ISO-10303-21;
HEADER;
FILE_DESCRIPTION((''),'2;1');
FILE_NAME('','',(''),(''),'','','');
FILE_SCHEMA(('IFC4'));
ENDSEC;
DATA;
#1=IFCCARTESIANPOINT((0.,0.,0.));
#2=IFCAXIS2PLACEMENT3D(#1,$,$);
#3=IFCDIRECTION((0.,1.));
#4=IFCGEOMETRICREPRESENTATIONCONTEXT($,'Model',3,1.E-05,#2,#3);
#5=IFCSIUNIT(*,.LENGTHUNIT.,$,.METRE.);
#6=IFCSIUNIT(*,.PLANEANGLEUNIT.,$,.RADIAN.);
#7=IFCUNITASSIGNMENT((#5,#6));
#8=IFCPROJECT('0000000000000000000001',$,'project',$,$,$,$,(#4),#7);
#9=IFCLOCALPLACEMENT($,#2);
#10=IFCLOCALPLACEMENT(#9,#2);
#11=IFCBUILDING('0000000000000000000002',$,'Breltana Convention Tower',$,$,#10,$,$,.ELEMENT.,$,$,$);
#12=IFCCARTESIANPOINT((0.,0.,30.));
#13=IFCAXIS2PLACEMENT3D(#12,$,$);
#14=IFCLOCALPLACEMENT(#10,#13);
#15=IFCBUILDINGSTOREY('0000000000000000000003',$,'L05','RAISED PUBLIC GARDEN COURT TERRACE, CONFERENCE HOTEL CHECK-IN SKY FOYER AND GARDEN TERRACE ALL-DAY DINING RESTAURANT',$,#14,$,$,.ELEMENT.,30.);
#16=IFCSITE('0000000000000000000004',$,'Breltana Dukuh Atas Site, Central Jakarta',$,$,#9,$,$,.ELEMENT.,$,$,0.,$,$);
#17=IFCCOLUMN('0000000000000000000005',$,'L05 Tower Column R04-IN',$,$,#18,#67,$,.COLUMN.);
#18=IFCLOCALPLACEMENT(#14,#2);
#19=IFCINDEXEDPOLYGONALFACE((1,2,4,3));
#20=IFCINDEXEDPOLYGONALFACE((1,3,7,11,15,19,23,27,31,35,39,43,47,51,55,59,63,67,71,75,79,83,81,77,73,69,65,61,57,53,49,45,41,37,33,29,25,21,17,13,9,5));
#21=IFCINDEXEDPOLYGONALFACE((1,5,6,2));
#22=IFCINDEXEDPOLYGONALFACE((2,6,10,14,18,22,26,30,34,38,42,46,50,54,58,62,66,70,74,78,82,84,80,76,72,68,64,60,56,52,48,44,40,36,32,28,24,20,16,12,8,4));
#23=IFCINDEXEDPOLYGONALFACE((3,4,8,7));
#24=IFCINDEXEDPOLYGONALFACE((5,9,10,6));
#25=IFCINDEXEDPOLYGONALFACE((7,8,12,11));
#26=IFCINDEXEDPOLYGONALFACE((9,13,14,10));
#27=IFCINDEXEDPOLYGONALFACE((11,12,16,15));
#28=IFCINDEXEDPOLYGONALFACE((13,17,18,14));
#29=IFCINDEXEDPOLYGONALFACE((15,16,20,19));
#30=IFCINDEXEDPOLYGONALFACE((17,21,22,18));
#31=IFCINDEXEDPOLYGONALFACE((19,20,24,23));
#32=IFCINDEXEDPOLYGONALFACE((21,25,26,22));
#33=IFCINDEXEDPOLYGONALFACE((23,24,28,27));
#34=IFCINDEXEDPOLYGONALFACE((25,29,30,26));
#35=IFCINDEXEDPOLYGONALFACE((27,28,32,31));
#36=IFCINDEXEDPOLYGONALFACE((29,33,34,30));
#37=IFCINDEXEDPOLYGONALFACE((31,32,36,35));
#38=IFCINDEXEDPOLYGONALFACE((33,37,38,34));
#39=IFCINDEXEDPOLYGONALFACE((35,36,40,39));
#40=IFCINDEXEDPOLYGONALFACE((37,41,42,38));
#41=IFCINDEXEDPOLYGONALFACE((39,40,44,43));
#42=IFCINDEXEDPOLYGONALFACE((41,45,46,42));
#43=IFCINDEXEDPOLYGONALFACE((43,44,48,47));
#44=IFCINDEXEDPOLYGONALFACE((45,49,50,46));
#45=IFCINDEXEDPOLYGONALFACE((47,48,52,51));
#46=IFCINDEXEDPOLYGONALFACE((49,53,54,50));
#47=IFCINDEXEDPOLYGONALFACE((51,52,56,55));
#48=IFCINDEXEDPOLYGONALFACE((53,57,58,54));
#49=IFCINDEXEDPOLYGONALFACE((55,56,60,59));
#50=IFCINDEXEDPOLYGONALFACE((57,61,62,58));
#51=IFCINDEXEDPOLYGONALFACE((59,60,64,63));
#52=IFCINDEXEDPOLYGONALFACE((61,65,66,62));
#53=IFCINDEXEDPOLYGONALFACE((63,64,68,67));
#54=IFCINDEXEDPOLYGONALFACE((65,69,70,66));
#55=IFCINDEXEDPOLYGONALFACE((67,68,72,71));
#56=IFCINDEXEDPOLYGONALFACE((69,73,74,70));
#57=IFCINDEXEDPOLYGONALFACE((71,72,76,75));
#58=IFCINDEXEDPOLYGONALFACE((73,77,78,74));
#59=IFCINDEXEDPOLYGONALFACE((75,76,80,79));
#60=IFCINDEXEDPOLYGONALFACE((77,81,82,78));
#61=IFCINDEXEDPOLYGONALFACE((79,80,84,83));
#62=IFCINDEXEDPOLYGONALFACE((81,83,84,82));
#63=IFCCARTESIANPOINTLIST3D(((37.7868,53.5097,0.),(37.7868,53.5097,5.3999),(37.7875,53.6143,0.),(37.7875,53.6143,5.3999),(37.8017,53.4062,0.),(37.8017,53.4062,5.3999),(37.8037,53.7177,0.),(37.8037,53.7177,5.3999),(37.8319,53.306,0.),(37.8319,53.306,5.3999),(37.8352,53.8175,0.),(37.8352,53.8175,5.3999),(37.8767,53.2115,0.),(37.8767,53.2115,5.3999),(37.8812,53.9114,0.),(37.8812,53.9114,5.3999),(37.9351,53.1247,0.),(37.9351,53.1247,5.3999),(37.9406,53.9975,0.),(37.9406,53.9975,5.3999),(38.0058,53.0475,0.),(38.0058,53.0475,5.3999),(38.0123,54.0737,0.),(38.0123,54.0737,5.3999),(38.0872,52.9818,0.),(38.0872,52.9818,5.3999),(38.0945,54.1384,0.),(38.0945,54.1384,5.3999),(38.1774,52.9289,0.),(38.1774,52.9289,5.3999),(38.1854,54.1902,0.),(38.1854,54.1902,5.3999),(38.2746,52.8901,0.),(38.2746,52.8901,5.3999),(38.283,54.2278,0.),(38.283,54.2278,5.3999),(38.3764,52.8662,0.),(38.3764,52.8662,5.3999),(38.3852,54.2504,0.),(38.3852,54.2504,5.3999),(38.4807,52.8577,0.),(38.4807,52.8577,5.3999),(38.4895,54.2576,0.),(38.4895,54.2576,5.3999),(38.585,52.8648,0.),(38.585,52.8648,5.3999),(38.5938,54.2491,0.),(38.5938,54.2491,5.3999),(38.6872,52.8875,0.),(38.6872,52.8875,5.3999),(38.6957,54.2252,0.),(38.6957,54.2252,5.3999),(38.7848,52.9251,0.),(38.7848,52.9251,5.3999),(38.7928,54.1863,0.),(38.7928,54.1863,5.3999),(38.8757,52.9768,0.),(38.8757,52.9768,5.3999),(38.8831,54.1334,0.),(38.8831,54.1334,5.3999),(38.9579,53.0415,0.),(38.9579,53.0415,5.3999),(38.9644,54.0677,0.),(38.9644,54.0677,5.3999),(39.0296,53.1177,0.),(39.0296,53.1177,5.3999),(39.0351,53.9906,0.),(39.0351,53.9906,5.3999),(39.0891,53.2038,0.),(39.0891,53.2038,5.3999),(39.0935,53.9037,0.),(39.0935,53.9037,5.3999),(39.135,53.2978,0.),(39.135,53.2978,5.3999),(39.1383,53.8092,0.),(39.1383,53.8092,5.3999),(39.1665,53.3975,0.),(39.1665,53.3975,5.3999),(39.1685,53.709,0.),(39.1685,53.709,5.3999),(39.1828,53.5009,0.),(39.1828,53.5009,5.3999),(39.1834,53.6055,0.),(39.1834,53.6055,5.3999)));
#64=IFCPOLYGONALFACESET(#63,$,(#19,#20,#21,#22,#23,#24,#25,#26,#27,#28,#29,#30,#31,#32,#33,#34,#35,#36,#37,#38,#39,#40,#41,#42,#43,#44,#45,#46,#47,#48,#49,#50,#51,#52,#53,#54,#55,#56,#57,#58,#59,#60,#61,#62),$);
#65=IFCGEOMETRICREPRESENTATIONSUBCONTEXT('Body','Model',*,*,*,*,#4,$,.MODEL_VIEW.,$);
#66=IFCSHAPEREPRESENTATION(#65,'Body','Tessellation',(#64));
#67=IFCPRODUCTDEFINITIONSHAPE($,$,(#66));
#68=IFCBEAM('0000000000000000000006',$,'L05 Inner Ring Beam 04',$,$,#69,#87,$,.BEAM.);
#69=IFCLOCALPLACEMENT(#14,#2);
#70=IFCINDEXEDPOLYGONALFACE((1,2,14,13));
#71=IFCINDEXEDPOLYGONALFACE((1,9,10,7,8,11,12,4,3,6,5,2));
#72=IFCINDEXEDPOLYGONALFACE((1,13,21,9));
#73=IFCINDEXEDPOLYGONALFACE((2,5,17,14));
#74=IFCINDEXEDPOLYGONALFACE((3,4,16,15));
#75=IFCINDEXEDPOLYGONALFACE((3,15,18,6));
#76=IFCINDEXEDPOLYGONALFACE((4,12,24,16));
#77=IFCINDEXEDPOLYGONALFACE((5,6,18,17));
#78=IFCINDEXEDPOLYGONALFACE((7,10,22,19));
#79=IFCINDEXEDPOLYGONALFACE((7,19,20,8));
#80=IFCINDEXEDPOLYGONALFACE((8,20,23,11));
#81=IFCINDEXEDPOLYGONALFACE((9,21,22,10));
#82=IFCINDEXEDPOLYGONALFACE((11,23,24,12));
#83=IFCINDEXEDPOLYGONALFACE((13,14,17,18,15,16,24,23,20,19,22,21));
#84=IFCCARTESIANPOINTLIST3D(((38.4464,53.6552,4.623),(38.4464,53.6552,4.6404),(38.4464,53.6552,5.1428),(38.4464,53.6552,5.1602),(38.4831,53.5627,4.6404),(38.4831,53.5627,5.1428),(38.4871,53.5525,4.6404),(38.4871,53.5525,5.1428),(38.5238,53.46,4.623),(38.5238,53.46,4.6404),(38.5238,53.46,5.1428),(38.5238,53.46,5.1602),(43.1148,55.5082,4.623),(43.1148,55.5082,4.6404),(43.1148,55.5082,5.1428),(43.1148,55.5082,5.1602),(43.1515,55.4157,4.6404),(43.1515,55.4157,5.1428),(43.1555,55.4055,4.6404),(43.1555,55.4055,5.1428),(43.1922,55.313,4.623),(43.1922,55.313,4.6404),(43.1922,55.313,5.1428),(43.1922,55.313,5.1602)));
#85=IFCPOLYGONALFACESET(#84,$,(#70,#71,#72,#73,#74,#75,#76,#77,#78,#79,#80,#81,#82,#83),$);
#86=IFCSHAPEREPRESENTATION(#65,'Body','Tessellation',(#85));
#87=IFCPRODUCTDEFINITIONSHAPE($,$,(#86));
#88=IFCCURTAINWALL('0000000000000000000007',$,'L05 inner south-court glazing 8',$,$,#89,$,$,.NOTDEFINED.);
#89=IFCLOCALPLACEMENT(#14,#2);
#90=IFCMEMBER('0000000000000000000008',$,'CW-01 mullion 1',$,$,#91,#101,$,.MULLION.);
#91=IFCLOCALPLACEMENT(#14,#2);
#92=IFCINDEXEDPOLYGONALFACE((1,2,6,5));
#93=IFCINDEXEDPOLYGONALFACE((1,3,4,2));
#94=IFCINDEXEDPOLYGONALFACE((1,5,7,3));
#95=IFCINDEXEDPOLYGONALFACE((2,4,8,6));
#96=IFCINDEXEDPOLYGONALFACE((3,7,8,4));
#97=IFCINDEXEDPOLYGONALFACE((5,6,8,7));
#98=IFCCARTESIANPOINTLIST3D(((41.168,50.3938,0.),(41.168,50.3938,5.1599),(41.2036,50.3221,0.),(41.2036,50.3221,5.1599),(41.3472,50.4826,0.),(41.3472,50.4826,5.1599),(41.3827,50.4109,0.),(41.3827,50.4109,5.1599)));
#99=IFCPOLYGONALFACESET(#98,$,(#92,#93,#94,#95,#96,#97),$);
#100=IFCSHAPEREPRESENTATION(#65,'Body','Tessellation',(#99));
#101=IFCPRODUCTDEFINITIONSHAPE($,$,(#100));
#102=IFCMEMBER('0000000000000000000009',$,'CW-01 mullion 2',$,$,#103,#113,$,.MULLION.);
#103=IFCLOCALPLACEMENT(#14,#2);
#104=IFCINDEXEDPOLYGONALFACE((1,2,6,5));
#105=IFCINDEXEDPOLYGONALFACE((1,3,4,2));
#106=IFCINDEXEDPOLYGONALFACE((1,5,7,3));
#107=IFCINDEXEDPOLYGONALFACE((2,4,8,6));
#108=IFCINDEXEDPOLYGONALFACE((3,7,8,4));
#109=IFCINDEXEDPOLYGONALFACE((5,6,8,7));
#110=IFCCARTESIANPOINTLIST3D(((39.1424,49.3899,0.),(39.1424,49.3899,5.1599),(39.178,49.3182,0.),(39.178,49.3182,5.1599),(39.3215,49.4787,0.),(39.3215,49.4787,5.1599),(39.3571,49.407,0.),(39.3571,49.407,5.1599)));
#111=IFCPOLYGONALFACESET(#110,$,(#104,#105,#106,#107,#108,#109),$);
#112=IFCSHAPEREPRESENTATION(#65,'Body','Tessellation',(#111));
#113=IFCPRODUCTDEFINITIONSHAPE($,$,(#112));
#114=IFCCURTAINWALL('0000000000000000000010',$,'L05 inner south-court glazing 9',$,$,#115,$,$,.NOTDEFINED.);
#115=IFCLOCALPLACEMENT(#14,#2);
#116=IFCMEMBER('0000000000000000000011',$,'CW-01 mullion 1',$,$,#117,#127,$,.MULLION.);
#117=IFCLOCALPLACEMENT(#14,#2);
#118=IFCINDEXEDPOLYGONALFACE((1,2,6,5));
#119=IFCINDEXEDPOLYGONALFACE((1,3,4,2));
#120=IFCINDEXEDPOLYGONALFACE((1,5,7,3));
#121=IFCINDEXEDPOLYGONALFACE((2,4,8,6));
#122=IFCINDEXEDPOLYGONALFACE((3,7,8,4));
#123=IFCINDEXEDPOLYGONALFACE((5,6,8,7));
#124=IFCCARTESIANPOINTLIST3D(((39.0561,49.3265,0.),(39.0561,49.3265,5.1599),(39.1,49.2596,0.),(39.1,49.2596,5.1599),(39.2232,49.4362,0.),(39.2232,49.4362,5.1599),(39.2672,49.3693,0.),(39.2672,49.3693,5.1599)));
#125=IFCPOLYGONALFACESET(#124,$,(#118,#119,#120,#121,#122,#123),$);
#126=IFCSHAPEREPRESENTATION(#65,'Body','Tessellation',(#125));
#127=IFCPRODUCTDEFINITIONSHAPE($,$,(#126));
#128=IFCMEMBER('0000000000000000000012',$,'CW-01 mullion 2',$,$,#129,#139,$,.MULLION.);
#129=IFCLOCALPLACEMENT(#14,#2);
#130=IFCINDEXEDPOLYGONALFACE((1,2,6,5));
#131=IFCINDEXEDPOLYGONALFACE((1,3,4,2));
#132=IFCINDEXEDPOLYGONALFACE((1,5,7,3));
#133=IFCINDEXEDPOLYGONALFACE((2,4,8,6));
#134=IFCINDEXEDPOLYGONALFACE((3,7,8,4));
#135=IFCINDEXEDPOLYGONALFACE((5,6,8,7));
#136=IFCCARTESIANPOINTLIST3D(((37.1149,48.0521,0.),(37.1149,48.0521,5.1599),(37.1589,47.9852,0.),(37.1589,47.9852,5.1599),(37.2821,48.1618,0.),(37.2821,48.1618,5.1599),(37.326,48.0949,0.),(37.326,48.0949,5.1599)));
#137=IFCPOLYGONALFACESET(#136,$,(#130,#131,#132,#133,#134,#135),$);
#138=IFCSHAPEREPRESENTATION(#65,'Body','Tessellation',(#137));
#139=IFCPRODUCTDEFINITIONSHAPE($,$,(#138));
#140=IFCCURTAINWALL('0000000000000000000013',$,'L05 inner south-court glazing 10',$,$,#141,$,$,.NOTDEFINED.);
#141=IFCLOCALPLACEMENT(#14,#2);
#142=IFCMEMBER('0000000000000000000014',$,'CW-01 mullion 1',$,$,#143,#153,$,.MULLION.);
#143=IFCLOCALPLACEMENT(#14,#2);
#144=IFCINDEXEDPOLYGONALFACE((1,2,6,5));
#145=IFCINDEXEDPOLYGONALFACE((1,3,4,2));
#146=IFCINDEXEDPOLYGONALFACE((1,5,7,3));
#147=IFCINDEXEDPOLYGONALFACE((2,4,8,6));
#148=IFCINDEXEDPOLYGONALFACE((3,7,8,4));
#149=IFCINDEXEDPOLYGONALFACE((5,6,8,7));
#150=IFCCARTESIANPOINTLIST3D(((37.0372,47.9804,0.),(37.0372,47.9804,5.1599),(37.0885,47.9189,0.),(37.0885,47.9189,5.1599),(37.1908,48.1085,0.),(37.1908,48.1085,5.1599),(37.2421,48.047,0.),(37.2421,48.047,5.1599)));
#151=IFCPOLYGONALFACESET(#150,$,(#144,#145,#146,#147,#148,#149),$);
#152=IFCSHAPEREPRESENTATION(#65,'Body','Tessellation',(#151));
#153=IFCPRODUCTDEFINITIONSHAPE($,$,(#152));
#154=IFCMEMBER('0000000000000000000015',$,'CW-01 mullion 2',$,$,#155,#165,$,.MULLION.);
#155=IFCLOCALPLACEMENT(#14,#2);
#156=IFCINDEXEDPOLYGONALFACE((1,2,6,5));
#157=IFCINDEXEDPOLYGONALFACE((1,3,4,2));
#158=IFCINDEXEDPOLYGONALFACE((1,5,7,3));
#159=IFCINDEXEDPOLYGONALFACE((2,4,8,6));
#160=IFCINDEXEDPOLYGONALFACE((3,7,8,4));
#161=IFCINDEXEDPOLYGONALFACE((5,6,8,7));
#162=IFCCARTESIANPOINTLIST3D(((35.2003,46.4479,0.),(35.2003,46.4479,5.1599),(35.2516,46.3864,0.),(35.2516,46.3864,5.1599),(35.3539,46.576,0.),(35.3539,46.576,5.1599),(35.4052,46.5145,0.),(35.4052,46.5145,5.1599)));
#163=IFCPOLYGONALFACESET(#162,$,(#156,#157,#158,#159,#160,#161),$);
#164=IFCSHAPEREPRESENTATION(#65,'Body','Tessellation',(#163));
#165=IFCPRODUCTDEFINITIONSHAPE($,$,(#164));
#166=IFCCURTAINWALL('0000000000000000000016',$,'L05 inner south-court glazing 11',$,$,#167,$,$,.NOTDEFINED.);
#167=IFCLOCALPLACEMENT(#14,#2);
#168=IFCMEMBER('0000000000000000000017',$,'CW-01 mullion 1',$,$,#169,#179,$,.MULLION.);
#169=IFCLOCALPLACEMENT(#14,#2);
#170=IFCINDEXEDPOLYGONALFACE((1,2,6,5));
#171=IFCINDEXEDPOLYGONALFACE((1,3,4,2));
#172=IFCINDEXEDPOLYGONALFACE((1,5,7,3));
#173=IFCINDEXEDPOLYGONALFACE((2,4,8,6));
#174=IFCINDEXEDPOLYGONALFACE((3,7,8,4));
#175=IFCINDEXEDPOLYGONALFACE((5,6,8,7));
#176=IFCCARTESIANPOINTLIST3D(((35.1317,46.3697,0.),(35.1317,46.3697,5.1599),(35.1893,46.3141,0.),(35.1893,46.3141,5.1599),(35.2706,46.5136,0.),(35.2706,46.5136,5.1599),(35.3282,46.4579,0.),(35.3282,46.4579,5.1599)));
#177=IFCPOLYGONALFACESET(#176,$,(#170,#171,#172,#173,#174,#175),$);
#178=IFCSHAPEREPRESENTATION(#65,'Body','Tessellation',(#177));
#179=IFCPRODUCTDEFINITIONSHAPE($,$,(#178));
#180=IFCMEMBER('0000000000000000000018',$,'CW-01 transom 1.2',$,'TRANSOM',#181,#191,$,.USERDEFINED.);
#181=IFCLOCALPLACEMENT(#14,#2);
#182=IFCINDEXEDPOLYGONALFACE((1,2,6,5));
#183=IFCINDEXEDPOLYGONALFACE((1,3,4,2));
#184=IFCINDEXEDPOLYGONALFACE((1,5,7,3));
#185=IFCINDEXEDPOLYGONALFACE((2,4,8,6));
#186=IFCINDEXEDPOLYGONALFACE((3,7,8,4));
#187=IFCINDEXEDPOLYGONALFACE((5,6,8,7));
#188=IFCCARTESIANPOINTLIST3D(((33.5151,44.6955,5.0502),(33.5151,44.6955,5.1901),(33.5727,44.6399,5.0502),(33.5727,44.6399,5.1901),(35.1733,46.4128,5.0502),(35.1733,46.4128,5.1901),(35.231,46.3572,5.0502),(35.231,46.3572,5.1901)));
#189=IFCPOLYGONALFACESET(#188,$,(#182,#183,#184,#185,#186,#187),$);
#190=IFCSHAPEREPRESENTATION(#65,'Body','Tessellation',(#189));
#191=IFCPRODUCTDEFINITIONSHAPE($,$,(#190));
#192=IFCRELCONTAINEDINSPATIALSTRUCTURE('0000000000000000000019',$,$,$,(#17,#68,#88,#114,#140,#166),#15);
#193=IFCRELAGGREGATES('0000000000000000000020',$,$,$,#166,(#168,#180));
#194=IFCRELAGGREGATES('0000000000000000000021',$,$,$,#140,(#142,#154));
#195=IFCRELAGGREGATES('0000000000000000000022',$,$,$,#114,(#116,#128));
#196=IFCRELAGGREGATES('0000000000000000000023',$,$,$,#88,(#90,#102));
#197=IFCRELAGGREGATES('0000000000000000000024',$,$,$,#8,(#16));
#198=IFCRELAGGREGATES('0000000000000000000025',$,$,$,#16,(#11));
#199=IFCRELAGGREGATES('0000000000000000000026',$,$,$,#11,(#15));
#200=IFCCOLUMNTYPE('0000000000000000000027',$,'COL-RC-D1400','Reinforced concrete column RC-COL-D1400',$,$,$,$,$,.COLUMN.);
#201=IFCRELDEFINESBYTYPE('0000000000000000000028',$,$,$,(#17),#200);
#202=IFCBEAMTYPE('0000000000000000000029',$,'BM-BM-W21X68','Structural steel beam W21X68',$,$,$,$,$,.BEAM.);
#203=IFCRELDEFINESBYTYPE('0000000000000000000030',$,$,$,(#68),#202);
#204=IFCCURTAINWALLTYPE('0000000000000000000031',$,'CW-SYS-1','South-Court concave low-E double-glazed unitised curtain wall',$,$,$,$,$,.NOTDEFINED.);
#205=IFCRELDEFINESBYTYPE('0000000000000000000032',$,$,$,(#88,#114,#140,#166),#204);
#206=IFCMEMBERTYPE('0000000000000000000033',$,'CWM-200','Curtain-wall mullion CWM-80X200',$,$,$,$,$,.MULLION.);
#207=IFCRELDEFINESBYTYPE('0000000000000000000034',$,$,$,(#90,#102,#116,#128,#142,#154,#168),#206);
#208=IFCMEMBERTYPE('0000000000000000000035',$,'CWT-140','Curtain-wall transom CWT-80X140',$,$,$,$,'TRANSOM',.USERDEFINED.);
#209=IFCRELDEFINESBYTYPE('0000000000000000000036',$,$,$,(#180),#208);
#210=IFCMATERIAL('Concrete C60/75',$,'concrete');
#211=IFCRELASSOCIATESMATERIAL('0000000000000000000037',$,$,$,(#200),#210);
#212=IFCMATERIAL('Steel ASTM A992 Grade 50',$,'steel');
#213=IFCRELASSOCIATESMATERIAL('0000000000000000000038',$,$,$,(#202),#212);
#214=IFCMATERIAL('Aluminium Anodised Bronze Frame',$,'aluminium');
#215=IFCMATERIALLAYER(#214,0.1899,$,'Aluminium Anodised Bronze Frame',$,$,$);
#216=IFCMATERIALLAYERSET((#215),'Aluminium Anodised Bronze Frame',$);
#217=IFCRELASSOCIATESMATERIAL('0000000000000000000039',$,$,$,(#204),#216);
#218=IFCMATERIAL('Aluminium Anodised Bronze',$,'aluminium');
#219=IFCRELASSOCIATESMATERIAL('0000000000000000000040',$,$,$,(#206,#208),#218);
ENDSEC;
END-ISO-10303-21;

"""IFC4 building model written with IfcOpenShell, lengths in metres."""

from ifc_helpers import new_model, si_unit, direction, frame, origin, origin_2d, place, context, subcontext, project, spatial, rectangle, circle, i_section, extrude, source, transform, mapped, material, layer, layer_set, material_profile, profile_set, type_object, type_shapes, element, aggregate, save


model = new_model("IFC4")

# Units and contexts
model_context = context("Model", 3, precision=1e-05, world=origin(), true_north=direction((0.0, 1.0)))
body_context = subcontext(model_context, "Body", "Model", "MODEL_VIEW")
ifc_project = project(units=[si_unit("LENGTHUNIT", "METRE"), si_unit("PLANEANGLEUNIT", "RADIAN")], contexts=[model_context])

# Site, building, storey
site_placement = place(None, origin())
site = spatial("IfcSite", under=ifc_project, at=site_placement, Name="Breltana Dukuh Atas Site, Central Jakarta", CompositionType="ELEMENT", RefElevation=0.0)
building_placement = place(site_placement, origin())
building = spatial("IfcBuilding", under=site, at=building_placement, Name="Breltana Convention Tower", CompositionType="ELEMENT")
storey_placement = place(building_placement, frame((0.0, 0.0, 30.0)))
storey = spatial("IfcBuildingStorey", under=building, at=storey_placement, Name="L05", Description="RAISED PUBLIC GARDEN COURT TERRACE, CONFERENCE HOTEL CHECK-IN SKY FOYER AND GARDEN TERRACE ALL-DAY DINING RESTAURANT", CompositionType="ELEMENT", Elevation=30.0)

# Column
ifc_material_1 = material(Name="Concrete C60/75", Category="concrete")
ifc_material_profile_1 = material_profile(ifc_material_1, circle(Radius=0.7, at=origin_2d()), Name="RC-COL-D1400")
ifc_profile_set_1 = profile_set([ifc_material_profile_1], Name="Concrete C60/75")
column_type = type_object("IfcColumnType", Name="COL-RC-D1400", Description="Reinforced concrete column RC-COL-D1400", PredefinedType="COLUMN", material=ifc_profile_set_1)
shared_shape_1 = source(origin(), body_context, "Body", "SweptSolid", [
    extrude(circle(Radius=0.7, at=origin_2d()), origin(), (0.0, 0.0, 1.0), 5.3999),
])
type_shapes(column_type, [shared_shape_1])
column_placement = place(storey_placement, frame((38.4851, 53.5576, 0.0), z_axis=(0.0, 0.0, 1.0), x_axis=(-0.288698, 0.95742, 0.0)))
element("IfcColumn", 1, at=column_placement, inside=storey, type_object=column_type, Name="L05 Tower Column R04-IN", PredefinedType="COLUMN", context=body_context, shape_type="MappedRepresentation", body=[
    mapped(shared_shape_1, transform((0.0, 0.0, 0.0), scale=1.0)),
])

# Beam
ifc_material_2 = material(Name="Steel ASTM A992 Grade 50", Category="steel")
ifc_material_profile_2 = material_profile(ifc_material_2, i_section(OverallWidth=0.21, OverallDepth=0.5371, WebThickness=0.011, FlangeThickness=0.0173, at=origin_2d()), Name="W21X68")
ifc_profile_set_2 = profile_set([ifc_material_profile_2], Name="Steel ASTM A992 Grade 50")
beam_type = type_object("IfcBeamType", Name="BM-BM-W21X68", Description="Structural steel beam W21X68", PredefinedType="BEAM", material=ifc_profile_set_2)
shared_shape_2 = source(origin(), body_context, "Body", "SweptSolid", [
    extrude(i_section(OverallWidth=0.21, OverallDepth=0.5371, WebThickness=0.011, FlangeThickness=0.0173, at=origin_2d()), origin(), (0.0, 0.0, 1.0), 5.0227),
])
beam_placement = place(storey_placement, frame((38.4851, 53.5576, 4.8916), z_axis=(0.929459, 0.368926, 0.0), x_axis=(-0.368926, 0.929459, 0.0)))
element("IfcBeam", 2, at=beam_placement, inside=storey, type_object=beam_type, Name="L05 Inner Ring Beam 04", PredefinedType="BEAM", context=body_context, shape_type="MappedRepresentation", body=[
    mapped(shared_shape_2, transform((0.0, 0.0, 0.0), scale=1.0)),
])

# Curtain walls, members
ifc_material_3 = material(Name="Aluminium Anodised Bronze Frame", Category="aluminium")
ifc_layer_1 = layer(ifc_material_3, 0.1899, Name="Aluminium Anodised Bronze Frame")
ifc_layer_set_1 = layer_set([ifc_layer_1], Name="Aluminium Anodised Bronze Frame")
curtain_wall_type = type_object("IfcCurtainWallType", Name="CW-SYS-1", Description="South-Court concave low-E double-glazed unitised curtain wall", PredefinedType="NOTDEFINED", material=ifc_layer_set_1)
curtain_wall_1_placement = place(storey_placement, origin())
curtain_wall_1 = element("IfcCurtainWall", 3, at=curtain_wall_1_placement, inside=storey, type_object=curtain_wall_type, Name="L05 inner south-court glazing 8", PredefinedType="NOTDEFINED")
ifc_material_4 = material(Name="Aluminium Anodised Bronze", Category="aluminium")
ifc_material_profile_3 = material_profile(ifc_material_4, rectangle(XDim=0.0801, YDim=0.2, at=origin_2d()), Name="CWM-80X200")
ifc_profile_set_3 = profile_set([ifc_material_profile_3], Name="Aluminium Anodised Bronze")
member_type_1 = type_object("IfcMemberType", Name="CWM-200", Description="Curtain-wall mullion CWM-80X200", PredefinedType="MULLION", material=ifc_profile_set_3)
shared_shape_3 = source(origin(), body_context, "Body", "SweptSolid", [
    extrude(rectangle(XDim=0.0801, YDim=0.2, at=origin_2d()), origin(), (0.0, 0.0, 1.0), 5.1599),
])
type_shapes(member_type_1, [shared_shape_3])
member_1_placement = place(storey_placement, frame((41.2754, 50.4023, 0.0), z_axis=(0.0, 0.0, 1.0), x_axis=(0.444118, -0.895968, 0.0)))
member_1 = element("IfcMember", 4, at=member_1_placement, type_object=member_type_1, Name="CW-01 mullion 1", PredefinedType="MULLION", context=body_context, shape_type="MappedRepresentation", body=[
    mapped(shared_shape_3, transform((0.0, 0.0, 0.0), scale=1.0)),
])
member_2_placement = place(storey_placement, frame((39.2498, 49.3984, 0.0), z_axis=(0.0, 0.0, 1.0), x_axis=(0.444118, -0.895968, 0.0)))
member_2 = element("IfcMember", 5, at=member_2_placement, type_object=member_type_1, Name="CW-01 mullion 2", PredefinedType="MULLION", context=body_context, shape_type="MappedRepresentation", body=[
    mapped(shared_shape_3, transform((0.0, 0.0, 0.0), scale=1.0)),
])
curtain_wall_2_placement = place(storey_placement, origin())
curtain_wall_2 = element("IfcCurtainWall", 6, at=curtain_wall_2_placement, inside=storey, type_object=curtain_wall_type, Name="L05 inner south-court glazing 9", PredefinedType="NOTDEFINED")
member_3_placement = place(storey_placement, frame((39.1616, 49.3479, 0.0), z_axis=(0.0, 0.0, 1.0), x_axis=(0.548778, -0.835968, 0.0)))
member_3 = element("IfcMember", 7, at=member_3_placement, type_object=member_type_1, Name="CW-01 mullion 1", PredefinedType="MULLION", context=body_context, shape_type="MappedRepresentation", body=[
    mapped(shared_shape_3, transform((0.0, 0.0, 0.0), scale=1.0)),
])
member_4_placement = place(storey_placement, frame((37.2205, 48.0735, 0.0), z_axis=(0.0, 0.0, 1.0), x_axis=(0.548778, -0.835968, 0.0)))
member_4 = element("IfcMember", 8, at=member_4_placement, type_object=member_type_1, Name="CW-01 mullion 2", PredefinedType="MULLION", context=body_context, shape_type="MappedRepresentation", body=[
    mapped(shared_shape_3, transform((0.0, 0.0, 0.0), scale=1.0)),
])
curtain_wall_3_placement = place(storey_placement, origin())
curtain_wall_3 = element("IfcCurtainWall", 9, at=curtain_wall_3_placement, inside=storey, type_object=curtain_wall_type, Name="L05 inner south-court glazing 10", PredefinedType="NOTDEFINED")
member_5_placement = place(storey_placement, frame((37.1396, 48.0137, 0.0), z_axis=(0.0, 0.0, 1.0), x_axis=(0.640523, -0.767939, 0.0)))
member_5 = element("IfcMember", 10, at=member_5_placement, type_object=member_type_1, Name="CW-01 mullion 1", PredefinedType="MULLION", context=body_context, shape_type="MappedRepresentation", body=[
    mapped(shared_shape_3, transform((0.0, 0.0, 0.0), scale=1.0)),
])
member_6_placement = place(storey_placement, frame((35.3027, 46.4812, 0.0), z_axis=(0.0, 0.0, 1.0), x_axis=(0.640523, -0.767939, 0.0)))
member_6 = element("IfcMember", 11, at=member_6_placement, type_object=member_type_1, Name="CW-01 mullion 2", PredefinedType="MULLION", context=body_context, shape_type="MappedRepresentation", body=[
    mapped(shared_shape_3, transform((0.0, 0.0, 0.0), scale=1.0)),
])
curtain_wall_4_placement = place(storey_placement, origin())
curtain_wall_4 = element("IfcCurtainWall", 12, at=curtain_wall_4_placement, inside=storey, type_object=curtain_wall_type, Name="L05 inner south-court glazing 11", PredefinedType="NOTDEFINED")
member_7_placement = place(storey_placement, frame((35.23, 46.4138, 0.0), z_axis=(0.0, 0.0, 1.0), x_axis=(0.719385, -0.694612, 0.0)))
member_7 = element("IfcMember", 13, at=member_7_placement, type_object=member_type_1, Name="CW-01 mullion 1", PredefinedType="MULLION", context=body_context, shape_type="MappedRepresentation", body=[
    mapped(shared_shape_3, transform((0.0, 0.0, 0.0), scale=1.0)),
])
ifc_material_profile_4 = material_profile(ifc_material_4, rectangle(XDim=0.0801, YDim=0.1399, at=origin_2d()), Name="CWT-80X140")
ifc_profile_set_4 = profile_set([ifc_material_profile_4], Name="Aluminium Anodised Bronze")
member_type_2 = type_object("IfcMemberType", Name="CWT-140", Description="Curtain-wall transom CWT-80X140", ElementType="TRANSOM", PredefinedType="USERDEFINED", material=ifc_profile_set_4)
shared_shape_4 = source(origin(), body_context, "Body", "SweptSolid", [
    extrude(rectangle(XDim=0.0801, YDim=0.1399, at=origin_2d()), origin(), (0.0, 0.0, 1.0), 2.3872),
])
type_shapes(member_type_2, [shared_shape_4])
member_8_placement = place(storey_placement, frame((35.2021, 46.385, 5.1201), z_axis=(-0.694624, -0.719373, 0.0), x_axis=(0.719373, -0.694624, 0.0)))
member_8 = element("IfcMember", 14, at=member_8_placement, type_object=member_type_2, Name="CW-01 transom 1.2", ObjectType="TRANSOM", PredefinedType="USERDEFINED", context=body_context, shape_type="MappedRepresentation", body=[
    mapped(shared_shape_4, transform((0.0, 0.0, 0.0), scale=1.0)),
])
aggregate(curtain_wall_4, [member_7, member_8])

aggregate(curtain_wall_3, [member_5, member_6])
aggregate(curtain_wall_2, [member_3, member_4])
aggregate(curtain_wall_1, [member_1, member_2])

save(model, "model.ifc")
